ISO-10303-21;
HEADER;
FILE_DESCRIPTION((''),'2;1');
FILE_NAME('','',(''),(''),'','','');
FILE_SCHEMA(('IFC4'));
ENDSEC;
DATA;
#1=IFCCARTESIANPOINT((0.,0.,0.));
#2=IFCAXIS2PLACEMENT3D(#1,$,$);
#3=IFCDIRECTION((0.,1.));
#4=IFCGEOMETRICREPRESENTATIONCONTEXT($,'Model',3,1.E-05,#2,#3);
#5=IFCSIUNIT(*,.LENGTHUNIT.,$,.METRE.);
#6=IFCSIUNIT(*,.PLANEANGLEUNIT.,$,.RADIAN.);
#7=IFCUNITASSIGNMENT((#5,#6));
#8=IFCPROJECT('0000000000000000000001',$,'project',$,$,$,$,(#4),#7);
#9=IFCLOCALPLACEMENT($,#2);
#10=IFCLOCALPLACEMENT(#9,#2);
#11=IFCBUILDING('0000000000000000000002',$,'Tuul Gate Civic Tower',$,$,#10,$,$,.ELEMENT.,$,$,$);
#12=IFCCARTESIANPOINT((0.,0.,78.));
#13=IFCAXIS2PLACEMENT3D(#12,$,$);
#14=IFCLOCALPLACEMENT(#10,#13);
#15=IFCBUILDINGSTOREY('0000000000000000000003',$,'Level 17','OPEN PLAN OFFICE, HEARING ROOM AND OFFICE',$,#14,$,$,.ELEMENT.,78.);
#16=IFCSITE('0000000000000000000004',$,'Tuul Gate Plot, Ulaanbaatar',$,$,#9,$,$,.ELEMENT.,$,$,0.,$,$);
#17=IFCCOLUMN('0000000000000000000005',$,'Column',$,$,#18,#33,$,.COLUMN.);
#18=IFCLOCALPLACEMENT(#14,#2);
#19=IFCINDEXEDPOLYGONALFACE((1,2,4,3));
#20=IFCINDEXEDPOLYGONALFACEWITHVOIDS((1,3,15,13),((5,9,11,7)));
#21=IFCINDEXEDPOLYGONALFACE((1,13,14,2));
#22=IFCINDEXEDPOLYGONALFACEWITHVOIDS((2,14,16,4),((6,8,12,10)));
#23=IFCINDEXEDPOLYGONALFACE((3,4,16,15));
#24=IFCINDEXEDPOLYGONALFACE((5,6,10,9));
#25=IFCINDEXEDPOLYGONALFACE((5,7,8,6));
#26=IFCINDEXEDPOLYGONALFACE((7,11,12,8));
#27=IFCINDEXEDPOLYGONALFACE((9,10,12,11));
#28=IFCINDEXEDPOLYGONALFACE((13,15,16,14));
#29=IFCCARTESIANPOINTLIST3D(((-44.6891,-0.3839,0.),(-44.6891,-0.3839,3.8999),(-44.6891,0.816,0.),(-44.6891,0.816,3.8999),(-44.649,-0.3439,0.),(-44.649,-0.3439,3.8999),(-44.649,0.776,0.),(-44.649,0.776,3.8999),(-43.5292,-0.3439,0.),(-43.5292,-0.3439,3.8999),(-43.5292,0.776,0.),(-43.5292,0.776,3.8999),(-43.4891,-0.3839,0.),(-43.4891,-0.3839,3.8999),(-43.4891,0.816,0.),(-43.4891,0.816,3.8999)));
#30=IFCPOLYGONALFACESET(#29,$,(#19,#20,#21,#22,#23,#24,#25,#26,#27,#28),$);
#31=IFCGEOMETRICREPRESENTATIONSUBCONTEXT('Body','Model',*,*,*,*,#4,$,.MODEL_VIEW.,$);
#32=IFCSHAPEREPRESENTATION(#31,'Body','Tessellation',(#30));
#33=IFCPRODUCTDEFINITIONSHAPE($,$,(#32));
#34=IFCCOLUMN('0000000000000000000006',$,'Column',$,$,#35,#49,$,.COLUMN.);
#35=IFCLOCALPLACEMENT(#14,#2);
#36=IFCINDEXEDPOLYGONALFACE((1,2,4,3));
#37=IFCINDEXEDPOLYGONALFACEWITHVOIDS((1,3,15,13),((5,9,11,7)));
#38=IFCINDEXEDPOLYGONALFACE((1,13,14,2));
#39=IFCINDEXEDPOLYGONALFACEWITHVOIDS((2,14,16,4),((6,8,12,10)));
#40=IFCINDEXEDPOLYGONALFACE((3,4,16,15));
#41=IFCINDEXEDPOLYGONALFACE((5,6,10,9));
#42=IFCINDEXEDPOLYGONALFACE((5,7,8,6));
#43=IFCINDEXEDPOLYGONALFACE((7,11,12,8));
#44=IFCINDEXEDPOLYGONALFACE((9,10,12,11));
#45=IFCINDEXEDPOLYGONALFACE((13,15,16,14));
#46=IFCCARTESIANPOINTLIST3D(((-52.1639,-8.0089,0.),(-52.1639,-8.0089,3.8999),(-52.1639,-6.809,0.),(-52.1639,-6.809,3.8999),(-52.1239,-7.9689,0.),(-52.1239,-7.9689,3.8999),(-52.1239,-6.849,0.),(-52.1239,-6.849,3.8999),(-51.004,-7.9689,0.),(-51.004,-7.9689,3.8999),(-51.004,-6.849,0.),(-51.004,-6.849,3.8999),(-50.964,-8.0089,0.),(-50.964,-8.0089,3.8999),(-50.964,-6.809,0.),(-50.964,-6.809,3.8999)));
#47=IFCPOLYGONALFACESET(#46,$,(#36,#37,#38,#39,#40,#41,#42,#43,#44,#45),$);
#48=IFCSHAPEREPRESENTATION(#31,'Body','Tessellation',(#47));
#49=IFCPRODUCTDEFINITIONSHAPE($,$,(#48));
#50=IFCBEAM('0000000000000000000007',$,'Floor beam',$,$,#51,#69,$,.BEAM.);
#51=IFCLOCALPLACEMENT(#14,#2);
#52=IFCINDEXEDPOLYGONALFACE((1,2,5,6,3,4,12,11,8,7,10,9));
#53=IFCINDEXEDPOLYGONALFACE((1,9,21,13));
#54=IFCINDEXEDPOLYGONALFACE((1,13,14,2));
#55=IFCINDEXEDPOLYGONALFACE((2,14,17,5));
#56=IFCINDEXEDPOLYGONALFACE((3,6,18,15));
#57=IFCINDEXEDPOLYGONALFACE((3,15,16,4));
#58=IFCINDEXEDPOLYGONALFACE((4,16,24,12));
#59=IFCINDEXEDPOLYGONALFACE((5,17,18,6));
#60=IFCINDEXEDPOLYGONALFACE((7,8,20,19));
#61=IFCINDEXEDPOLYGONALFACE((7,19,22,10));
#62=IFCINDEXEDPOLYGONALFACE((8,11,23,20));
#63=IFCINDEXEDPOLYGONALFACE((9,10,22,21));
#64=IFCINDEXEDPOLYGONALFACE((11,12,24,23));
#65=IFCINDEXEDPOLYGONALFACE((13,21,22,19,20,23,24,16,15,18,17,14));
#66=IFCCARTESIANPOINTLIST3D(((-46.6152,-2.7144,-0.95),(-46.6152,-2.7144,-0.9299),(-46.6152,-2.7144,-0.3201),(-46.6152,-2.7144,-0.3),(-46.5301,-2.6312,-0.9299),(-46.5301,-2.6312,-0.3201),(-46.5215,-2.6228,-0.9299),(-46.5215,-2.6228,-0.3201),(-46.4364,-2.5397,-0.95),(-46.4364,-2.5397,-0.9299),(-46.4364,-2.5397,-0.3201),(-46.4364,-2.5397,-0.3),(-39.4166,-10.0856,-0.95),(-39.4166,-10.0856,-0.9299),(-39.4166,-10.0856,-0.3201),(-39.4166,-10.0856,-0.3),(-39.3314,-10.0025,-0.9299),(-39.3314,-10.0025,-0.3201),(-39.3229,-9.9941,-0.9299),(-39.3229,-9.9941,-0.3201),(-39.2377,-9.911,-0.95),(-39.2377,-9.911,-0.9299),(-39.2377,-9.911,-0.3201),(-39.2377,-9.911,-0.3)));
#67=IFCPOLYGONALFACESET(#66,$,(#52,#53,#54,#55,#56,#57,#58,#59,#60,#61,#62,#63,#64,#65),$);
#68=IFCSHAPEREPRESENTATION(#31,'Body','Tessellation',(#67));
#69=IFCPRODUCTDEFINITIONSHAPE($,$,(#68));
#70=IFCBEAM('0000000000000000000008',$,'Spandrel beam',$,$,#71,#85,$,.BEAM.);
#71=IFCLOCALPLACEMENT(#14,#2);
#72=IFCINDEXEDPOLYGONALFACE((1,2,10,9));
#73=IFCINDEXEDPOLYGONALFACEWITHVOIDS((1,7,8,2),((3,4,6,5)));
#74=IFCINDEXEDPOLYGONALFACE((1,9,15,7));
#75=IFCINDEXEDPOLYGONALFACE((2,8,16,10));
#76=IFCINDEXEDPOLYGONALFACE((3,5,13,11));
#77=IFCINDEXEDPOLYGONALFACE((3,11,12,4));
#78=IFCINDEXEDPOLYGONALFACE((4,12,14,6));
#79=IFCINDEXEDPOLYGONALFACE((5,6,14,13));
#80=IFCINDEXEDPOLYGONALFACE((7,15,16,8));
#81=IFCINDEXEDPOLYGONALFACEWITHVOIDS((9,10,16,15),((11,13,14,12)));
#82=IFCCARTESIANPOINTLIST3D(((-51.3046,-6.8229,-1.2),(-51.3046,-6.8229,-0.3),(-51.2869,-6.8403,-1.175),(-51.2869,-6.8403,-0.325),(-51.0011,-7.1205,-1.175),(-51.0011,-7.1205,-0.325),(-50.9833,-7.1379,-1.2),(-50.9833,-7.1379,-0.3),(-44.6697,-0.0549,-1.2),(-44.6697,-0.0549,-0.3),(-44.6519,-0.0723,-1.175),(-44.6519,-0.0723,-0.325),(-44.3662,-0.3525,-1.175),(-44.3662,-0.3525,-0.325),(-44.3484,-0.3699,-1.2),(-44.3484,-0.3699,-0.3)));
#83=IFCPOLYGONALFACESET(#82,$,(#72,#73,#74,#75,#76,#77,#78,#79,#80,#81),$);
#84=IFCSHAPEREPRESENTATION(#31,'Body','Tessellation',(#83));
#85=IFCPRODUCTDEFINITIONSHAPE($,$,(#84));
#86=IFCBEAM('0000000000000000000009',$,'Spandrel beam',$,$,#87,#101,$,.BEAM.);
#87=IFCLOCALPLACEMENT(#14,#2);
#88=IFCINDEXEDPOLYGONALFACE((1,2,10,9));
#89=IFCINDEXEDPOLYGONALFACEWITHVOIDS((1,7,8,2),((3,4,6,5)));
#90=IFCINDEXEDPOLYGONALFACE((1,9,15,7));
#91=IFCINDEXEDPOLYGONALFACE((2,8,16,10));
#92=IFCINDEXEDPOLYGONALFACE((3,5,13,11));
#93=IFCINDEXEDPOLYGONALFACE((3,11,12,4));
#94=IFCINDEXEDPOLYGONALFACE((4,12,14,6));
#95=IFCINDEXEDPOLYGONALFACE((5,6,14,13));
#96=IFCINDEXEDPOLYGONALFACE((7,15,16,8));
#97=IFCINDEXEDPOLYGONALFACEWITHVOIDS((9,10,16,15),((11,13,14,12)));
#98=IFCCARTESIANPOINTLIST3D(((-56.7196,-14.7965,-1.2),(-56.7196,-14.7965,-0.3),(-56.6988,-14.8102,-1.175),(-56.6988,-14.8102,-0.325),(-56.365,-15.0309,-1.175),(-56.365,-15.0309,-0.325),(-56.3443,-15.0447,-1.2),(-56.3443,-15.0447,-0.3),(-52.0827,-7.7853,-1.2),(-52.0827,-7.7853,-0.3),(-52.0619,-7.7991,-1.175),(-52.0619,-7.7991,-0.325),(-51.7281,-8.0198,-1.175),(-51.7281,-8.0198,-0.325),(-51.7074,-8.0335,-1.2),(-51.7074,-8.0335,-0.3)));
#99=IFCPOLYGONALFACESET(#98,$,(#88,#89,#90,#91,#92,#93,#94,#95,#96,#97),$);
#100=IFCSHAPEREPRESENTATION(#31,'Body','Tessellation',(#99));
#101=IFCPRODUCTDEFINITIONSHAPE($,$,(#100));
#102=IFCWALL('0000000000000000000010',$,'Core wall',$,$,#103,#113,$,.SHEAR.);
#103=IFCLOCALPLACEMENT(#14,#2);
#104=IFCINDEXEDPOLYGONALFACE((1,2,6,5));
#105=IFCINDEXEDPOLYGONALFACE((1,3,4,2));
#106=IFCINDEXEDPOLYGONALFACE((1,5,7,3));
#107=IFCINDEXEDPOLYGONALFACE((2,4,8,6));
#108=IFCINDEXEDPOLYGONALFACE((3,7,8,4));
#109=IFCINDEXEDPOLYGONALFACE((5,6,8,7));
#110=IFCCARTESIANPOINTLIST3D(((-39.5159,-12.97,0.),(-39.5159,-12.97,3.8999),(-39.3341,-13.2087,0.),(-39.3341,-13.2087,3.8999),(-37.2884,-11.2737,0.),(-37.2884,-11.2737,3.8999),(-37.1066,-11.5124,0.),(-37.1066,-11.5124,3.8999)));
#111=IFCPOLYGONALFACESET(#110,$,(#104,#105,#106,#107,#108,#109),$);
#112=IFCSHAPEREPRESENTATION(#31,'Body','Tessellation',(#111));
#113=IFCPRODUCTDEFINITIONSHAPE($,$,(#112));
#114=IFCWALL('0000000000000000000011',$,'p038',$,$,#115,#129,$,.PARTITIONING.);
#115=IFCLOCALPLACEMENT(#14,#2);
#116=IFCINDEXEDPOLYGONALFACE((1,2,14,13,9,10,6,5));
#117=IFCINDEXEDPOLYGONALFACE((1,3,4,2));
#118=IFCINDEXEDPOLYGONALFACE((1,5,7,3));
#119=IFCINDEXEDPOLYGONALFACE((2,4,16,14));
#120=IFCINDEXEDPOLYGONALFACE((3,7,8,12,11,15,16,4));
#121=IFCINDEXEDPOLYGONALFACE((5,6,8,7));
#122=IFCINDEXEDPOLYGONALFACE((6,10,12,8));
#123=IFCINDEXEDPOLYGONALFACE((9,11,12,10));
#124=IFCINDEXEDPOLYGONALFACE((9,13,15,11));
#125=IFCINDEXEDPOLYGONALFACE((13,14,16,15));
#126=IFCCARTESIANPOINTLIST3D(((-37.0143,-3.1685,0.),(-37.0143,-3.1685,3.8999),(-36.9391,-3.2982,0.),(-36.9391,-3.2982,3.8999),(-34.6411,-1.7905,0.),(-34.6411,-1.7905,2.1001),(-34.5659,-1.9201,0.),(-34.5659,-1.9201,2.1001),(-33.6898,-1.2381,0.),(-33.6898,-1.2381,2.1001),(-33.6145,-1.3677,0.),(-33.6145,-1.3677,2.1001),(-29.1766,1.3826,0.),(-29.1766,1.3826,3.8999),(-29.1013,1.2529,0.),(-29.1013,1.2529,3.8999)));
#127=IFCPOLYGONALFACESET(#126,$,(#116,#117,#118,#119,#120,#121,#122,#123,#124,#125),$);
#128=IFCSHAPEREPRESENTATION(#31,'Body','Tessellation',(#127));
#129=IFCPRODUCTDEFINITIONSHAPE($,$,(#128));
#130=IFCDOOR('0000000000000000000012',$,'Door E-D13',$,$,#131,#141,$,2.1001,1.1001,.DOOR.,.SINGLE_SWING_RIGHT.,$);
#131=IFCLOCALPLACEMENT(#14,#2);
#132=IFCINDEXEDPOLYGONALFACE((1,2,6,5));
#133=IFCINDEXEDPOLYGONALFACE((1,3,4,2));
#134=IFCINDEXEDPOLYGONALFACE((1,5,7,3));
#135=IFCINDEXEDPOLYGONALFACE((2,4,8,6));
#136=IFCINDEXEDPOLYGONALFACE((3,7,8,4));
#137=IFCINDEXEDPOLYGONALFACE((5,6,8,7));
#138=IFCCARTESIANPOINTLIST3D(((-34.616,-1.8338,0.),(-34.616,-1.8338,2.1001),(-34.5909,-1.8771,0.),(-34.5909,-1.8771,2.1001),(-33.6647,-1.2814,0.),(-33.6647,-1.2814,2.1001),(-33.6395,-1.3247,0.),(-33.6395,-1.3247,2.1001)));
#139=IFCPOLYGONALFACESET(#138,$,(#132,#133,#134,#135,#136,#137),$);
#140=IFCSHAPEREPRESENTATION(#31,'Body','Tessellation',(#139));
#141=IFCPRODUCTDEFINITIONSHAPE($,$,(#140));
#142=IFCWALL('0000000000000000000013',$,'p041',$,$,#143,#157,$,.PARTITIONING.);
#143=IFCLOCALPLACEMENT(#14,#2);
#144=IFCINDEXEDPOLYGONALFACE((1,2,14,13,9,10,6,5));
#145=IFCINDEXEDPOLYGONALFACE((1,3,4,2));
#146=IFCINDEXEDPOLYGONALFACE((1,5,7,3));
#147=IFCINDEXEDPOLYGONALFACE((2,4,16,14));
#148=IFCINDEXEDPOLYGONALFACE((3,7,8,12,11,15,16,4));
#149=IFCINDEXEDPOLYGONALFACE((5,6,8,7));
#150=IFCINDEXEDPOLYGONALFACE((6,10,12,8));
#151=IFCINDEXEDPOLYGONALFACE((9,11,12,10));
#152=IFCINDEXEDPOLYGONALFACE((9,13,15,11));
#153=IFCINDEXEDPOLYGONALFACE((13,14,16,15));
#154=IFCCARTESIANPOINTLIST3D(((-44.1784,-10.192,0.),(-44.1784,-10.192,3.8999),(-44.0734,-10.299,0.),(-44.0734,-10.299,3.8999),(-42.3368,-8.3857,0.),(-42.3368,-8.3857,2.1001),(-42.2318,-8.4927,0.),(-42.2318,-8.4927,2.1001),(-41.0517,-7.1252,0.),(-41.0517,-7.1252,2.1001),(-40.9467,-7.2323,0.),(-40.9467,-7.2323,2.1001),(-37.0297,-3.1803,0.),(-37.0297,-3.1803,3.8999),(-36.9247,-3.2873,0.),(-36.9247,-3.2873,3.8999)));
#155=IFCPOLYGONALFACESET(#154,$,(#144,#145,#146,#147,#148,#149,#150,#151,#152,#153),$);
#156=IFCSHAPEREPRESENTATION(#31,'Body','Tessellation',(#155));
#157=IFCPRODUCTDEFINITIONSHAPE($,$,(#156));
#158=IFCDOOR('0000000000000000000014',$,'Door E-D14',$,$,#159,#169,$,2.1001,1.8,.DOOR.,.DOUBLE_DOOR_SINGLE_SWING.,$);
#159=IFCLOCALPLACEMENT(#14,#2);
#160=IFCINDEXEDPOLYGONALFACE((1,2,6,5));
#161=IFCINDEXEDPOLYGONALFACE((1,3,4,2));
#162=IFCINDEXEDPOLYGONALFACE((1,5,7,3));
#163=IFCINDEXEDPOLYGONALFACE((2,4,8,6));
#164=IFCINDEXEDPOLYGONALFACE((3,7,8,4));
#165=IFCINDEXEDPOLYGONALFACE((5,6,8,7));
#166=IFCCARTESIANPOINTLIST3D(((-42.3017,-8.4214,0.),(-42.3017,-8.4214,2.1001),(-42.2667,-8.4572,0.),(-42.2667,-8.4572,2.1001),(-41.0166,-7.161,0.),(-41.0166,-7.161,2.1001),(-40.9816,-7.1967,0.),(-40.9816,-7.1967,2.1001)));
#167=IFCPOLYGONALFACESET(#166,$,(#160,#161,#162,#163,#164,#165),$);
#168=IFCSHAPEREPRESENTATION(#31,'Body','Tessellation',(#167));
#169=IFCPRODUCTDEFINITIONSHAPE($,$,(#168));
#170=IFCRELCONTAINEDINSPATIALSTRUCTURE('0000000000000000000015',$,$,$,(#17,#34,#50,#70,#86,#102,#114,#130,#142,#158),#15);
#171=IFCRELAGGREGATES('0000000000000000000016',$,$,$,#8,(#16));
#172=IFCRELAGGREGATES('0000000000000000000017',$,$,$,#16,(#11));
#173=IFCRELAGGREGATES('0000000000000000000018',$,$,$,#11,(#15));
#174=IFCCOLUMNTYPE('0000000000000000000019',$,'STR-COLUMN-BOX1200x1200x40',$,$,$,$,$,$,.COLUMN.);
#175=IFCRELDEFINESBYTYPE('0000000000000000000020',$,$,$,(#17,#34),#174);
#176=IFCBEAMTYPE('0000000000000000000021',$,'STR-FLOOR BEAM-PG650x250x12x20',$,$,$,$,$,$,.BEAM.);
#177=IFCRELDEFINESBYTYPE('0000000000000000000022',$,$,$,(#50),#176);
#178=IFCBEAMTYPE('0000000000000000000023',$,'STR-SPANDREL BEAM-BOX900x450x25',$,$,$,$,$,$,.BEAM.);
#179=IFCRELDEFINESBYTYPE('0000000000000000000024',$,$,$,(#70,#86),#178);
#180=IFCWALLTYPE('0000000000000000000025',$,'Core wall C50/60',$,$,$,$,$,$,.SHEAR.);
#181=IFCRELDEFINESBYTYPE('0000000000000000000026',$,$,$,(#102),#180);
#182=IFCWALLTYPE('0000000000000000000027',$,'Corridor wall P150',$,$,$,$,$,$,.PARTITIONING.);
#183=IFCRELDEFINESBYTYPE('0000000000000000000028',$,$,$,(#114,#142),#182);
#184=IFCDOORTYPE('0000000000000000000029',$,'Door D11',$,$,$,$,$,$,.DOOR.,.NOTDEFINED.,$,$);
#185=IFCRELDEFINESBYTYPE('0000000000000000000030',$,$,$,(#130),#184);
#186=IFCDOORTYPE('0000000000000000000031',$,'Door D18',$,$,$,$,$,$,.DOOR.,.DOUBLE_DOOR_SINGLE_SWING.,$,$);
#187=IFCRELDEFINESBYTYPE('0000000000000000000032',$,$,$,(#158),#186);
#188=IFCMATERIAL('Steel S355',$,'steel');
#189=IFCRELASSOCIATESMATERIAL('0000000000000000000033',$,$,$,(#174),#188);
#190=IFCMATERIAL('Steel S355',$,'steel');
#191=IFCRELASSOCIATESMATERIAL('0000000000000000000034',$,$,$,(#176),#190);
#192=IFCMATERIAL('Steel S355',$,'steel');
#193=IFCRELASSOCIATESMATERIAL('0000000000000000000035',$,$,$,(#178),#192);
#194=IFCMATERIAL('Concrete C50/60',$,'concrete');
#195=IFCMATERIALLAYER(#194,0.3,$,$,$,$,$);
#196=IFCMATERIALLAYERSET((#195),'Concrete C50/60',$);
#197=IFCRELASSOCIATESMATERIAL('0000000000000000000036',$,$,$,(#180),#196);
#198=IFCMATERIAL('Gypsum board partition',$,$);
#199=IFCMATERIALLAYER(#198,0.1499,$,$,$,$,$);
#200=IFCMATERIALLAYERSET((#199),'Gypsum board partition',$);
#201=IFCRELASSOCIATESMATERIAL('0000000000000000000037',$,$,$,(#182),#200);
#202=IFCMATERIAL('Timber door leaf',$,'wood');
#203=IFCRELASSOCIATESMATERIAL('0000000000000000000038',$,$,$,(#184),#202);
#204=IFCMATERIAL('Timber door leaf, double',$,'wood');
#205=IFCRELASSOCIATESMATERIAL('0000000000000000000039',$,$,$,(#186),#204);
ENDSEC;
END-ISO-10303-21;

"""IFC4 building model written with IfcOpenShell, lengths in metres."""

from ifc_helpers import new_model, si_unit, direction, frame, frame_2d, origin, origin_2d, place, context, subcontext, project, spatial, rectangle, hollow_rectangle, i_section, extrude, material, layer, layer_set, material_profile, profile_set, type_object, element, fill, save


model = new_model("IFC4")

# Units and contexts
model_context = context("Model", 3, precision=1e-05, world=origin(), true_north=direction((0.0, 1.0)))
body_context = subcontext(model_context, "Body", "Model", "MODEL_VIEW")
ifc_project = project(units=[si_unit("LENGTHUNIT", "METRE"), si_unit("PLANEANGLEUNIT", "RADIAN")], contexts=[model_context])

# Site, building, storey
site_placement = place(None, origin())
site = spatial("IfcSite", under=ifc_project, at=site_placement, Name="Tuul Gate Plot, Ulaanbaatar", CompositionType="ELEMENT", RefElevation=0.0)
building_placement = place(site_placement, origin())
building = spatial("IfcBuilding", under=site, at=building_placement, Name="Tuul Gate Civic Tower", CompositionType="ELEMENT")
storey_placement = place(building_placement, frame((0.0, 0.0, 78.0)))
storey = spatial("IfcBuildingStorey", under=building, at=storey_placement, Name="Level 17", Description="OPEN PLAN OFFICE, HEARING ROOM AND OFFICE", CompositionType="ELEMENT", Elevation=78.0)

# Columns
ifc_material_1 = material(Name="Steel S355", Category="steel")
ifc_material_profile_1 = material_profile(ifc_material_1, hollow_rectangle(XDim=1.2, YDim=1.2, WallThickness=0.04, at=origin_2d()), Name="BOX1200x1200x40")
ifc_profile_set_1 = profile_set([ifc_material_profile_1], Name="Steel S355")
column_type = type_object("IfcColumnType", Name="STR-COLUMN-BOX1200x1200x40", PredefinedType="COLUMN", material=ifc_profile_set_1)
for number, where, z_axis, x_axis, name in (
    (1, (-44.0891, 0.2161, 0.0), (0.0, 0.0, 1.0), (1.0, 0.0, 0.0), "Column"),
    (2, (-51.564, -7.4089, 0.0), (0.0, 0.0, 1.0), (1.0, 0.0, 0.0), "Column"),
):
    element("IfcColumn", number, at=place(storey_placement, frame(where, z_axis=z_axis, x_axis=x_axis)), inside=storey, type_object=column_type, Name=name, PredefinedType="COLUMN", context=body_context, shape_type="SweptSolid", body=[
        extrude(hollow_rectangle(XDim=1.2, YDim=1.2, WallThickness=0.04, at=origin_2d()), origin(), (0.0, 0.0, 1.0), 3.8999),
    ])

# Beams
ifc_material_2 = material(Name="Steel S355", Category="steel")
ifc_material_profile_2 = material_profile(ifc_material_2, i_section(OverallWidth=0.25, OverallDepth=0.6499, WebThickness=0.012, FlangeThickness=0.02, at=origin_2d()), Name="PG650x250x12x20")
ifc_profile_set_2 = profile_set([ifc_material_profile_2], Name="Steel S355")
beam_type_1 = type_object("IfcBeamType", Name="STR-FLOOR BEAM-PG650x250x12x20", PredefinedType="BEAM", material=ifc_profile_set_2)
beam_1_placement = place(storey_placement, frame((-39.3271, -9.9983, -0.625), z_axis=(-0.698681, 0.715433, 0.0), x_axis=(-0.715433, -0.698681, 0.0)))
element("IfcBeam", 3, at=beam_1_placement, inside=storey, type_object=beam_type_1, Name="Floor beam", PredefinedType="BEAM", context=body_context, shape_type="SweptSolid", body=[
    extrude(i_section(OverallWidth=0.25, OverallDepth=0.6499, WebThickness=0.012, FlangeThickness=0.02, at=origin_2d()), origin(), (0.0, 0.0, 1.0), 10.3032),
])
ifc_material_3 = material(Name="Steel S355", Category="steel")
ifc_material_profile_3 = material_profile(ifc_material_3, hollow_rectangle(XDim=0.45, YDim=0.8999, WallThickness=0.0249, at=origin_2d()), Name="BOX900x450x25")
ifc_profile_set_3 = profile_set([ifc_material_profile_3], Name="Steel S355")
beam_type_2 = type_object("IfcBeamType", Name="STR-SPANDREL BEAM-BOX900x450x25", PredefinedType="BEAM", material=ifc_profile_set_3)
beam_2_placement = place(storey_placement, frame((-44.509, -0.2124, -0.75), z_axis=(-0.700053, -0.714091, 0.0), x_axis=(0.714091, -0.700053, 0.0)))
element("IfcBeam", 4, at=beam_2_placement, inside=storey, type_object=beam_type_2, Name="Spandrel beam", PredefinedType="BEAM", context=body_context, shape_type="SweptSolid", body=[
    extrude(hollow_rectangle(XDim=0.45, YDim=0.8999, WallThickness=0.0249, at=origin_2d()), origin(), (0.0, 0.0, 1.0), 9.4778),
])
beam_3_placement = place(storey_placement, frame((-51.895, -7.9094, -0.75), z_axis=(-0.551633, -0.834087, 0.0), x_axis=(0.834087, -0.551633, 0.0)))
element("IfcBeam", 5, at=beam_3_placement, inside=storey, type_object=beam_type_2, Name="Spandrel beam", PredefinedType="BEAM", context=body_context, shape_type="SweptSolid", body=[
    extrude(hollow_rectangle(XDim=0.45, YDim=0.8999, WallThickness=0.0249, at=origin_2d()), origin(), (0.0, 0.0, 1.0), 8.4058),
])

# Wall
ifc_material_4 = material(Name="Concrete C50/60", Category="concrete")
ifc_layer_1 = layer(ifc_material_4, 0.3)
ifc_layer_set_1 = layer_set([ifc_layer_1], Name="Concrete C50/60")
wall_type_1 = type_object("IfcWallType", Name="Core wall C50/60", PredefinedType="SHEAR", material=ifc_layer_set_1)
wall_1_placement = place(storey_placement, frame((-37.1975, -11.3931, 0.0), z_axis=(0.0, 0.0, 1.0), x_axis=(-0.795584, -0.605844, 0.0)))
element("IfcWall", 6, at=wall_1_placement, inside=storey, type_object=wall_type_1, Name="Core wall", PredefinedType="SHEAR", context=body_context, shape_type="SweptSolid", body=[
    extrude(rectangle(XDim=2.7998, YDim=0.3, at=frame_2d((1.3999, 0.0))), origin(), (0.0, 0.0, 1.0), 3.8999),
])

# Walls, openings, doors
ifc_material_5 = material(Name="Gypsum board partition")
ifc_layer_2 = layer(ifc_material_5, 0.1499)
ifc_layer_set_2 = layer_set([ifc_layer_2], Name="Gypsum board partition")
wall_type_2 = type_object("IfcWallType", Name="Corridor wall P150", PredefinedType="PARTITIONING", material=ifc_layer_set_2)
wall_2_placement = place(storey_placement, frame((-36.9768, -3.2334, 0.0), z_axis=(0.0, 0.0, 1.0), x_axis=(0.864783, 0.502147, 0.0)))
wall_2 = element("IfcWall", 7, at=wall_2_placement, inside=storey, type_object=wall_type_2, Name="p038", PredefinedType="PARTITIONING", context=body_context, shape_type="SweptSolid", body=[
    extrude(rectangle(XDim=9.0632, YDim=0.1499, at=frame_2d((4.5317, 0.0))), origin(), (0.0, 0.0, 1.0), 3.8999),
])
opening_1_placement = place(wall_2_placement, frame((2.7444, 0.0, 0.0)))
opening_1 = element("IfcOpeningElement", 8, at=opening_1_placement, cuts=wall_2, PredefinedType="OPENING", context=body_context, shape_type="SweptSolid", body=[
    extrude(rectangle(XDim=1.1001, YDim=2.1001, at=frame_2d((0.55, 1.05))), frame((0.0, 0.085, 0.0), z_axis=(0.0, -1.0, 0.0), x_axis=(1.0, 0.0, 0.0)), (0.0, 0.0, 1.0), 0.1699),
])
ifc_material_6 = material(Name="Timber door leaf", Category="wood")
door_type_1 = type_object("IfcDoorType", Name="Door D11", OperationType="NOTDEFINED", PredefinedType="DOOR", material=ifc_material_6)
door_1_placement = place(opening_1_placement, origin())
door_1 = element("IfcDoor", 9, at=door_1_placement, inside=storey, type_object=door_type_1, Name="Door E-D13", OperationType="SINGLE_SWING_RIGHT", OverallHeight=2.1001, OverallWidth=1.1001, PredefinedType="DOOR", context=body_context, shape_type="SweptSolid", body=[
    extrude(rectangle(XDim=1.1001, YDim=2.1001, at=frame_2d((0.55, 1.05))), frame((0.0, 0.0249, 0.0), z_axis=(0.0, -1.0, 0.0), x_axis=(1.0, 0.0, 0.0)), (0.0, 0.0, 1.0), 0.05),
])
fill(opening_1, door_1)
wall_3_placement = place(storey_placement, frame((-44.126, -10.2456, 0.0), z_axis=(0.0, 0.0, 1.0), x_axis=(0.713913, 0.700235, 0.0)))
wall_3 = element("IfcWall", 10, at=wall_3_placement, inside=storey, type_object=wall_type_2, Name="p041", PredefinedType="PARTITIONING", context=body_context, shape_type="SweptSolid", body=[
    extrude(rectangle(XDim=10.0134, YDim=0.1499, at=frame_2d((5.0068, 0.0))), origin(), (0.0, 0.0, 1.0), 3.8999),
])
opening_2_placement = place(wall_3_placement, frame((2.5798, 0.0, 0.0)))
opening_2 = element("IfcOpeningElement", 11, at=opening_2_placement, cuts=wall_3, PredefinedType="OPENING", context=body_context, shape_type="SweptSolid", body=[
    extrude(rectangle(XDim=1.8, YDim=2.1001, at=frame_2d((0.8999, 1.05))), frame((0.0, 0.085, 0.0), z_axis=(0.0, -1.0, 0.0), x_axis=(1.0, 0.0, 0.0)), (0.0, 0.0, 1.0), 0.1699),
])
ifc_material_7 = material(Name="Timber door leaf, double", Category="wood")
door_type_2 = type_object("IfcDoorType", Name="Door D18", OperationType="DOUBLE_DOOR_SINGLE_SWING", PredefinedType="DOOR", material=ifc_material_7)
door_2_placement = place(opening_2_placement, origin())
door_2 = element("IfcDoor", 12, at=door_2_placement, inside=storey, type_object=door_type_2, Name="Door E-D14", OperationType="DOUBLE_DOOR_SINGLE_SWING", OverallHeight=2.1001, OverallWidth=1.8, PredefinedType="DOOR", context=body_context, shape_type="SweptSolid", body=[
    extrude(rectangle(XDim=1.8, YDim=2.1001, at=frame_2d((0.8999, 1.05))), frame((0.0, 0.0249, 0.0), z_axis=(0.0, -1.0, 0.0), x_axis=(1.0, 0.0, 0.0)), (0.0, 0.0, 1.0), 0.05),
])
fill(opening_2, door_2)

save(model, "model.ifc")
